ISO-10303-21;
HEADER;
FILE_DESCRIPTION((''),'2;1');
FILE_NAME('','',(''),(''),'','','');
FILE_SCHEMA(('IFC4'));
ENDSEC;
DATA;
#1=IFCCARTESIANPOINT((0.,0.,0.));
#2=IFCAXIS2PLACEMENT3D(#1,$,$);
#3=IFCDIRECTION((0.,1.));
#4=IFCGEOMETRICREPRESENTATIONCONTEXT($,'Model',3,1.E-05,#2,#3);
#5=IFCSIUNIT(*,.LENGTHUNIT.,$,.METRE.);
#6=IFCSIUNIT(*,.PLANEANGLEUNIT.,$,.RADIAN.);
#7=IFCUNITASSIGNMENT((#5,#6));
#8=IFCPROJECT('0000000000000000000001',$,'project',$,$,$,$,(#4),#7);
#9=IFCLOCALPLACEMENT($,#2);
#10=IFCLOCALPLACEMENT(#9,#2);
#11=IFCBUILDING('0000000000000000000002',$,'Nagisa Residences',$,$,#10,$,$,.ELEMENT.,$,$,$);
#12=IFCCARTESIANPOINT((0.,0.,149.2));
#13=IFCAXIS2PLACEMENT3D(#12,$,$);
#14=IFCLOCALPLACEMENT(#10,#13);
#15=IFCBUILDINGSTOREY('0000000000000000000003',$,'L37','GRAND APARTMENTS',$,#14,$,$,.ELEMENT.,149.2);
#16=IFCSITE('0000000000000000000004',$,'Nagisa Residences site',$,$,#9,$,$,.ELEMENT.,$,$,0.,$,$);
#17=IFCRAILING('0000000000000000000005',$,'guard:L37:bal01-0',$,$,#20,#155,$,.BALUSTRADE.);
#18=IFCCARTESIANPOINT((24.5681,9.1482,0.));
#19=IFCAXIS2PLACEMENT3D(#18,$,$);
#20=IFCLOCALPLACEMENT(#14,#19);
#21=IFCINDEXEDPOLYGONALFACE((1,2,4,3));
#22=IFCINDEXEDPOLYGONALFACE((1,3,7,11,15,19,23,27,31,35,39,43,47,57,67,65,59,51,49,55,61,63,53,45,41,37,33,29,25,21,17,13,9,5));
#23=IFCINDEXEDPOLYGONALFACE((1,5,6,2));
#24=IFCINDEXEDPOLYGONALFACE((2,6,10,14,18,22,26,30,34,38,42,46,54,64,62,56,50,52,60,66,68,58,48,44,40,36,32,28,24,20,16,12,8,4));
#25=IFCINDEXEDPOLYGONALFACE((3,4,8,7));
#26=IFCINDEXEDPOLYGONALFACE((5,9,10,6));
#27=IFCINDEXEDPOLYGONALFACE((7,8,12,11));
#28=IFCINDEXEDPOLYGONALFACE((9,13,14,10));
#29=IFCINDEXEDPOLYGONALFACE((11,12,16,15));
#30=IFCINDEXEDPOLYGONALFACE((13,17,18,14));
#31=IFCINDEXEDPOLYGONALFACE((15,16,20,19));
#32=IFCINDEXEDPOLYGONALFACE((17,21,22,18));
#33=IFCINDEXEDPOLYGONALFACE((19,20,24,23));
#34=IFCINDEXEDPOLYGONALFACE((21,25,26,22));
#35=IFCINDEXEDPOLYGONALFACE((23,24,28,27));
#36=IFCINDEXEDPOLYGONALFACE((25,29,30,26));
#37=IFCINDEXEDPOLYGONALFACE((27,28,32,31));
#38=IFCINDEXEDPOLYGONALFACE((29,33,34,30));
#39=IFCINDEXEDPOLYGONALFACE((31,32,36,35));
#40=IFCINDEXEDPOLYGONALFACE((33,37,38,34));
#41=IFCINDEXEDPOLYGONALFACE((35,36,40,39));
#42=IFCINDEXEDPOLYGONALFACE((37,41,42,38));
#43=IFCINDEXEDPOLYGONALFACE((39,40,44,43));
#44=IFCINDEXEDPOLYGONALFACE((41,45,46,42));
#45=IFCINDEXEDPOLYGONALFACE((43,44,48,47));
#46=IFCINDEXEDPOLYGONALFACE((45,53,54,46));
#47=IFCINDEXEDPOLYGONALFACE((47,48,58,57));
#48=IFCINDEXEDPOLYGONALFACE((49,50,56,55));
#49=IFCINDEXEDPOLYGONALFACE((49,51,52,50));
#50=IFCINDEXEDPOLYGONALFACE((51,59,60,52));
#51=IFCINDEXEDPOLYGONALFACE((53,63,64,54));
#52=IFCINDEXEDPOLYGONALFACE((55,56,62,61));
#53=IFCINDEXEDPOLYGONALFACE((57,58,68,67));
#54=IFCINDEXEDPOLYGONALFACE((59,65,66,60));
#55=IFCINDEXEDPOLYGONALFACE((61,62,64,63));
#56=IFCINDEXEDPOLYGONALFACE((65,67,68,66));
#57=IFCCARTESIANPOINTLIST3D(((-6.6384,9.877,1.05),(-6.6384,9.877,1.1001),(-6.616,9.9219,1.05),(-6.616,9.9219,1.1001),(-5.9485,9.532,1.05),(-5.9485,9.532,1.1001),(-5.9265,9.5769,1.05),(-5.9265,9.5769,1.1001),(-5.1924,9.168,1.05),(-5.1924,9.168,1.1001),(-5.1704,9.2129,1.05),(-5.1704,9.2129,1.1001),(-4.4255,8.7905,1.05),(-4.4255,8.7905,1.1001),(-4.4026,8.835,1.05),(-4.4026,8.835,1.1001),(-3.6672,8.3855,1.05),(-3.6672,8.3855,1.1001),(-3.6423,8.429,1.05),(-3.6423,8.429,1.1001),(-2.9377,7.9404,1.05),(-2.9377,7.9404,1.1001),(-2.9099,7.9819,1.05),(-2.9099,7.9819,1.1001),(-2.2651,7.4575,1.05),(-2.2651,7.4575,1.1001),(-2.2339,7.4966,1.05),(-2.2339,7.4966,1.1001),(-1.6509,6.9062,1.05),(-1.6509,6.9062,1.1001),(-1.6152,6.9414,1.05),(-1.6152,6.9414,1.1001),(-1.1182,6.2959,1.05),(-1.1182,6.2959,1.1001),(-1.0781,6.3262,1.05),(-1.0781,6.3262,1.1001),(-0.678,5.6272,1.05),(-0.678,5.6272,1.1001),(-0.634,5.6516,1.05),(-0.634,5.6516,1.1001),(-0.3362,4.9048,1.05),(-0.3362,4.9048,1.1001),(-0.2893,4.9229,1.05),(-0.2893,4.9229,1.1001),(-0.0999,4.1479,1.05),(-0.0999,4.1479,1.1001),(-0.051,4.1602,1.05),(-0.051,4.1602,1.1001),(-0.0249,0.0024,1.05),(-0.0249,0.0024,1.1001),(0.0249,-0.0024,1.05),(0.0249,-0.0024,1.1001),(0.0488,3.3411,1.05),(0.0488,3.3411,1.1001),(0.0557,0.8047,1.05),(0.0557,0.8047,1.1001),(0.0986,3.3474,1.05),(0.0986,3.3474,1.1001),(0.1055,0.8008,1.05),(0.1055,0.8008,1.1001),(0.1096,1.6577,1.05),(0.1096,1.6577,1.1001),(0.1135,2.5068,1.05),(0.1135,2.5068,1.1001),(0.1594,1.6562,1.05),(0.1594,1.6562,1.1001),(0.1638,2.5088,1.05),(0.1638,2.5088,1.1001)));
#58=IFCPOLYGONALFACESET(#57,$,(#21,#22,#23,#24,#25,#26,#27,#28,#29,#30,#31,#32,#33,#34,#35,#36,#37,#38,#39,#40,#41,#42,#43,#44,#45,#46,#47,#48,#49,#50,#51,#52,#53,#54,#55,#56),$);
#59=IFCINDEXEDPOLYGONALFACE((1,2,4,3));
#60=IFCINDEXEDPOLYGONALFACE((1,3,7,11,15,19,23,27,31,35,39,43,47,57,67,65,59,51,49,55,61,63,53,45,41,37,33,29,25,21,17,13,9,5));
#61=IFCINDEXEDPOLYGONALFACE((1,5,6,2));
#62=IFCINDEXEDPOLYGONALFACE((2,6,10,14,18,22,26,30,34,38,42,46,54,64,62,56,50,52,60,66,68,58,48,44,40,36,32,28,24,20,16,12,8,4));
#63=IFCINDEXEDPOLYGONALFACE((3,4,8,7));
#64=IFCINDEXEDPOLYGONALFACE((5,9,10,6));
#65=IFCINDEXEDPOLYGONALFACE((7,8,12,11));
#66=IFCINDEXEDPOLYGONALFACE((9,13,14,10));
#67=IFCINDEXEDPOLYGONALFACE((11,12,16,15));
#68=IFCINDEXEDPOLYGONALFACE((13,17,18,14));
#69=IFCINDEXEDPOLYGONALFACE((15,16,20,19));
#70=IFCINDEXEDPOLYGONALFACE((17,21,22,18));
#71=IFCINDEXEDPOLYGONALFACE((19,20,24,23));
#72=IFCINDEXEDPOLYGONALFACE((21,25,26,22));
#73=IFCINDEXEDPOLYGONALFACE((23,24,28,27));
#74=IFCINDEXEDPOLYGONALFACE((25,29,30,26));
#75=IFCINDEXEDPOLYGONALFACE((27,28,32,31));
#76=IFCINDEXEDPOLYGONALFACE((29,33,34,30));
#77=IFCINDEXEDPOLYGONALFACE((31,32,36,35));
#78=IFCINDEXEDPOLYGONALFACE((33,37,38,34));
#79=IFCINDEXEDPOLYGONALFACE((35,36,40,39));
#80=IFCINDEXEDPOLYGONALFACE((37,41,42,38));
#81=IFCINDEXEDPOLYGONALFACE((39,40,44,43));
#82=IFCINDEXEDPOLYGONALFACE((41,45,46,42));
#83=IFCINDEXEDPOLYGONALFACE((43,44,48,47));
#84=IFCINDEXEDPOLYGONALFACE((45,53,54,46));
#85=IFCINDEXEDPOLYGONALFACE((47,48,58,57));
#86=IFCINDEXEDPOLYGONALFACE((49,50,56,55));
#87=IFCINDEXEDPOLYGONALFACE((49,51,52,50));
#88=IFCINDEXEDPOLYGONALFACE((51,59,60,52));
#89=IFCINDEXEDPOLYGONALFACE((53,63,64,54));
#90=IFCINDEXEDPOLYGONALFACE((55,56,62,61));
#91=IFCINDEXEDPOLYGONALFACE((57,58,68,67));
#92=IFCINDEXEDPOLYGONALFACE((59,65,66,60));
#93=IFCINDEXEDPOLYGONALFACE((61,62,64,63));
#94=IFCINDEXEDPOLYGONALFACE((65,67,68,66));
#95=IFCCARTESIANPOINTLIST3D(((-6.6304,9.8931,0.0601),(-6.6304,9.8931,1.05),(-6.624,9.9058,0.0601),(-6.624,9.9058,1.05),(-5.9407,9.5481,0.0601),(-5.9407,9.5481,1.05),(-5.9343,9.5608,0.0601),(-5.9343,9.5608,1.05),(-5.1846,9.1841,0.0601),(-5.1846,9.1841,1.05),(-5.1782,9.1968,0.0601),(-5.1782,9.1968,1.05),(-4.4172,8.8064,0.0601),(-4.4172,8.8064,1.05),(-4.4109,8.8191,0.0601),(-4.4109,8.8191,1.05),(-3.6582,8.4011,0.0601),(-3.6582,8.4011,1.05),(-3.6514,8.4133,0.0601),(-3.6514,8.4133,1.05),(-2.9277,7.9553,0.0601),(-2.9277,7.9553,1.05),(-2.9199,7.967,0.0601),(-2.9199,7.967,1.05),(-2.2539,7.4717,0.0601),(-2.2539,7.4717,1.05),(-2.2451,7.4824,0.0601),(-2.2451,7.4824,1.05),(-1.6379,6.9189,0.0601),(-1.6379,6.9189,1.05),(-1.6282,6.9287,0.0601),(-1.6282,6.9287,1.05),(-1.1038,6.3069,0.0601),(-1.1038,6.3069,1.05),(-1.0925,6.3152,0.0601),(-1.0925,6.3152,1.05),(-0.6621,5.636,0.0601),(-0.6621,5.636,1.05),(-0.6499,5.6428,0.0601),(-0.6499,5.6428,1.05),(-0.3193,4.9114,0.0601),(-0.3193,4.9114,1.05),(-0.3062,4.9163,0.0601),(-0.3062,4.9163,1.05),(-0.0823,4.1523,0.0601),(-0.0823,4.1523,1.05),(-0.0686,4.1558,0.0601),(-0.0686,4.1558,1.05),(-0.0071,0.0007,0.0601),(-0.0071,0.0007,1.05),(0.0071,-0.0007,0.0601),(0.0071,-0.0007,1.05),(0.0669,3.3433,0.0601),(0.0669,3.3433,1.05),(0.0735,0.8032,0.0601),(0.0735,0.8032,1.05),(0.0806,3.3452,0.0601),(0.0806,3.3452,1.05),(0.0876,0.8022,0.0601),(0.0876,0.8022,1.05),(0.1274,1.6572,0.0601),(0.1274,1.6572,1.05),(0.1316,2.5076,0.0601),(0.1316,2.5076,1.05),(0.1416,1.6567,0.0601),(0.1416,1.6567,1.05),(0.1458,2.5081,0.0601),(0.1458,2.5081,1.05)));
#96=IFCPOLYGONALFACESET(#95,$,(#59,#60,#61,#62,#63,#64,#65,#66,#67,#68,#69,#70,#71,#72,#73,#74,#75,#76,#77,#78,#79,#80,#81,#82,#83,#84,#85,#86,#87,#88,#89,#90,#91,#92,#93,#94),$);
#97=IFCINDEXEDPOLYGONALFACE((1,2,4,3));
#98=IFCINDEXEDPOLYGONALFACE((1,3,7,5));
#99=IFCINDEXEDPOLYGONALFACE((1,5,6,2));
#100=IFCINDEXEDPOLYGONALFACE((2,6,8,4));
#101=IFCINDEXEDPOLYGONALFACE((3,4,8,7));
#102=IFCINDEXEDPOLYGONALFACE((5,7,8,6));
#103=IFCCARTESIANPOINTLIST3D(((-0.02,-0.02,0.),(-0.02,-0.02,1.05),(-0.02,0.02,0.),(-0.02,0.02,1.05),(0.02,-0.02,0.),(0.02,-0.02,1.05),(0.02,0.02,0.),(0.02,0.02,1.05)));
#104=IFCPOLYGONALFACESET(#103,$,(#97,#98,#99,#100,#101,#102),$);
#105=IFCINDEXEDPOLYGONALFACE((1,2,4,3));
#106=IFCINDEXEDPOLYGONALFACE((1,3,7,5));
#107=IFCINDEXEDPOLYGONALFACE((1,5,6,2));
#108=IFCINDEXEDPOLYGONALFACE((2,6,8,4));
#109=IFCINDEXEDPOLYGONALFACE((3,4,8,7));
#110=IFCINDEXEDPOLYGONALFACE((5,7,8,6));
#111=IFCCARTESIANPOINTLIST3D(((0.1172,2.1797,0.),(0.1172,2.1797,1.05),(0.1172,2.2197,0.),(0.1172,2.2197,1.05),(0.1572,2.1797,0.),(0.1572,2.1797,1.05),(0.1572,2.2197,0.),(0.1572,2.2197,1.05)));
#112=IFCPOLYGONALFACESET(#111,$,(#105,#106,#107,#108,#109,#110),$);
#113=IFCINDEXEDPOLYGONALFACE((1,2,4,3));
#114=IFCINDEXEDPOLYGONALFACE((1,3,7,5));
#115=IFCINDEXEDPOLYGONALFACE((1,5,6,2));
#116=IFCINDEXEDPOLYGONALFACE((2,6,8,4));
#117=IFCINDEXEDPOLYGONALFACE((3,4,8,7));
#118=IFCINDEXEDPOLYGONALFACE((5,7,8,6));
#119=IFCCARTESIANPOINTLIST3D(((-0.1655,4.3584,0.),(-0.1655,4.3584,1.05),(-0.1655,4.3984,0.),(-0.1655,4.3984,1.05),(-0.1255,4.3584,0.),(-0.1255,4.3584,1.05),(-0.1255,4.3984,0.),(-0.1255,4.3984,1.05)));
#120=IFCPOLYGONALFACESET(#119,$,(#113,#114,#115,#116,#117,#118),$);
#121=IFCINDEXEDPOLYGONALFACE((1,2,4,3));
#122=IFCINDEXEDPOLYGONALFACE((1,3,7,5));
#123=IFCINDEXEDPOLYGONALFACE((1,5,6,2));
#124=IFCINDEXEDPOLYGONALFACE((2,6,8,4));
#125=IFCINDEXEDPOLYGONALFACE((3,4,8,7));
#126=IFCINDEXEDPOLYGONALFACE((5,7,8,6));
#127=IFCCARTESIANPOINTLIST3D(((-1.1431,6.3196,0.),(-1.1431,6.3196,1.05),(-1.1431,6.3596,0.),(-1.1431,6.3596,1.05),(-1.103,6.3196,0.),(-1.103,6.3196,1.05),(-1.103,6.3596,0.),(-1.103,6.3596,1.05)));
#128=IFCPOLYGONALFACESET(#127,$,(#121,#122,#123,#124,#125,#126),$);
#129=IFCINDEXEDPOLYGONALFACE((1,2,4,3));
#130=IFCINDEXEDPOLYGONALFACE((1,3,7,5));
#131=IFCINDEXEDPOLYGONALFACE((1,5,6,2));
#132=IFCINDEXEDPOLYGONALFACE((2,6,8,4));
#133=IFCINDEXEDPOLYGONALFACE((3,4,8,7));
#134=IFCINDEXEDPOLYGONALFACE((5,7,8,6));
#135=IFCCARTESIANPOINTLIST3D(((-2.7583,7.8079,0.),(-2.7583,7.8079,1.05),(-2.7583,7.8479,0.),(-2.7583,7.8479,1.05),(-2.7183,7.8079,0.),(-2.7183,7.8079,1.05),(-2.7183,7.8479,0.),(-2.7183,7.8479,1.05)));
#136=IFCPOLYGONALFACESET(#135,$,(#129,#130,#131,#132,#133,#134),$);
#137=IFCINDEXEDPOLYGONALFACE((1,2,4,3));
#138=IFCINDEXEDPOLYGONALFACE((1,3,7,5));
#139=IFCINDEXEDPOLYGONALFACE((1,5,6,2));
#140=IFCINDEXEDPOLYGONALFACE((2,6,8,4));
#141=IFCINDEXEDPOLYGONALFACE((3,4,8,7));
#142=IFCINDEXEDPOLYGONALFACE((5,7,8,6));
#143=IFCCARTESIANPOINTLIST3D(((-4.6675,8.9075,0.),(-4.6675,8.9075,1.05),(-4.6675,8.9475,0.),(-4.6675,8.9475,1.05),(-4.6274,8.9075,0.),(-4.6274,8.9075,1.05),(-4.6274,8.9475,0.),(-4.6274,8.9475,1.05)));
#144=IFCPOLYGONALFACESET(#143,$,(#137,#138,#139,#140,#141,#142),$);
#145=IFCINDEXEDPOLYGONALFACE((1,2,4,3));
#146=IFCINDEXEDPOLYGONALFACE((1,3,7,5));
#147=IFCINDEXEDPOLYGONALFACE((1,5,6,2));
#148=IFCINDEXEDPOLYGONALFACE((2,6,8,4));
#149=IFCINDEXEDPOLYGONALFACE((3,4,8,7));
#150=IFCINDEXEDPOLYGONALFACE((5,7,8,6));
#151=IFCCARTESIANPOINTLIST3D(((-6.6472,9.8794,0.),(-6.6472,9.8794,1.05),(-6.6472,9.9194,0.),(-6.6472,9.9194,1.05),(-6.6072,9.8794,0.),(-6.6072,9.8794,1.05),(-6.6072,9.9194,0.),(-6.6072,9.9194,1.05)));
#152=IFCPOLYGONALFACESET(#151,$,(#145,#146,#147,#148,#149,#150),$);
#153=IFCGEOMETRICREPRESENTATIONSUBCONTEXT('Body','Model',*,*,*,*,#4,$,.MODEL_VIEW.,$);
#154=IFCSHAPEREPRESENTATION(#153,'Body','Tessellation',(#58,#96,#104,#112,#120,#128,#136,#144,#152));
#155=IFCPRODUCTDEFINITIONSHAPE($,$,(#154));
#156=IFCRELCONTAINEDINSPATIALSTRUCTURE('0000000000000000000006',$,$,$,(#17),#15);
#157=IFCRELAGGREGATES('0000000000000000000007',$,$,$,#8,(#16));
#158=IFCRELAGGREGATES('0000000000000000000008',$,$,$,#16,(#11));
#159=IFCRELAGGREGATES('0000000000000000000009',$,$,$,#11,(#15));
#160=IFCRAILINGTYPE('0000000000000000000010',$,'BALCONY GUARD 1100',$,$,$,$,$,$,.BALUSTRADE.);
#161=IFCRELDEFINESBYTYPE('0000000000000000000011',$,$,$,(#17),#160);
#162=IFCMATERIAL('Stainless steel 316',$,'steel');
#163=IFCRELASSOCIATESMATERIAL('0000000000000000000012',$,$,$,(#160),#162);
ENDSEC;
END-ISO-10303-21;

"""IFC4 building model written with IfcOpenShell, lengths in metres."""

from ifc_helpers import new_model, si_unit, direction, frame, origin, origin_2d, place, context, subcontext, project, spatial, polyline, rectangle, outline, extrude, material, type_object, element, save


model = new_model("IFC4")

# Units and contexts
model_context = context("Model", 3, precision=1e-05, world=origin(), true_north=direction((0.0, 1.0)))
body_context = subcontext(model_context, "Body", "Model", "MODEL_VIEW")
ifc_project = project(units=[si_unit("LENGTHUNIT", "METRE"), si_unit("PLANEANGLEUNIT", "RADIAN")], contexts=[model_context])

# Site, building, storey
site_placement = place(None, origin())
site = spatial("IfcSite", under=ifc_project, at=site_placement, Name="Nagisa Residences site", CompositionType="ELEMENT", RefElevation=0.0)
building_placement = place(site_placement, origin())
building = spatial("IfcBuilding", under=site, at=building_placement, Name="Nagisa Residences", CompositionType="ELEMENT")
storey_placement = place(building_placement, frame((0.0, 0.0, 149.2)))
storey = spatial("IfcBuildingStorey", under=building, at=storey_placement, Name="L37", Description="GRAND APARTMENTS", CompositionType="ELEMENT", Elevation=149.2)

# Railing
ifc_material_1 = material(Name="Stainless steel 316", Category="steel")
railing_type = type_object("IfcRailingType", Name="BALCONY GUARD 1100", PredefinedType="BALUSTRADE", material=ifc_material_1)
railing_placement = place(storey_placement, frame((24.5681, 9.1482, 0.0)))
element("IfcRailing", 1, at=railing_placement, inside=storey, type_object=railing_type, Name="guard:L37:bal01-0", PredefinedType="BALUSTRADE", context=body_context, shape_type="SweptSolid", body=[
    extrude(outline(polyline([(0.0557, 0.8047), (-0.0249, 0.0024), (0.0249, -0.0024), (0.1055, 0.8008), (0.1594, 1.6562), (0.1638, 2.5088), (0.0986, 3.3474), (-0.051, 4.1602), (-0.2893, 4.9229), (-0.634, 5.6516), (-1.0781, 6.3262), (-1.6152, 6.9414), (-2.2339, 7.4966), (-2.9099, 7.9819), (-3.6423, 8.429), (-4.4026, 8.835), (-5.1704, 9.2129), (-5.9265, 9.5769), (-6.616, 9.9219), (-6.6384, 9.877), (-5.9485, 9.532), (-5.1924, 9.168), (-4.4255, 8.7905), (-3.6672, 8.3855), (-2.9377, 7.9404), (-2.2651, 7.4575), (-1.6509, 6.9062), (-1.1182, 6.2959), (-0.678, 5.6272), (-0.3362, 4.9048), (-0.0999, 4.1479), (0.0488, 3.3411), (0.1135, 2.5068), (0.1096, 1.6577), (0.0557, 0.8047)])), frame((0.0, 0.0, 1.05)), (0.0, 0.0, 1.0), 0.05),
    extrude(outline(polyline([(0.0735, 0.8032), (-0.0071, 0.0007), (0.0071, -0.0007), (0.0876, 0.8022), (0.1416, 1.6567), (0.1458, 2.5081), (0.0806, 3.3452), (-0.0686, 4.1558), (-0.3062, 4.9163), (-0.6499, 5.6428), (-1.0925, 6.3152), (-1.6282, 6.9287), (-2.2451, 7.4824), (-2.9199, 7.967), (-3.6514, 8.4133), (-4.4109, 8.8191), (-5.1782, 9.1968), (-5.9343, 9.5608), (-6.624, 9.9058), (-6.6304, 9.8931), (-5.9407, 9.5481), (-5.1846, 9.1841), (-4.4172, 8.8064), (-3.6582, 8.4011), (-2.9277, 7.9553), (-2.2539, 7.4717), (-1.6379, 6.9189), (-1.1038, 6.3069), (-0.6621, 5.636), (-0.3193, 4.9114), (-0.0823, 4.1523), (0.0669, 3.3433), (0.1316, 2.5076), (0.1274, 1.6572), (0.0735, 0.8032)])), frame((0.0, 0.0, 0.0601)), (0.0, 0.0, 1.0), 0.99),
    extrude(rectangle(XDim=0.04, YDim=0.04, at=origin_2d()), origin(), (0.0, 0.0, 1.0), 1.05),
    extrude(rectangle(XDim=0.04, YDim=0.04, at=origin_2d()), frame((0.1372, 2.1997, 0.0)), (0.0, 0.0, 1.0), 1.05),
    extrude(rectangle(XDim=0.04, YDim=0.04, at=origin_2d()), frame((-0.1455, 4.3784, 0.0)), (0.0, 0.0, 1.0), 1.05),
    extrude(rectangle(XDim=0.04, YDim=0.04, at=origin_2d()), frame((-1.123, 6.3396, 0.0)), (0.0, 0.0, 1.0), 1.05),
    extrude(rectangle(XDim=0.04, YDim=0.04, at=origin_2d()), frame((-2.7383, 7.8279, 0.0)), (0.0, 0.0, 1.0), 1.05),
    extrude(rectangle(XDim=0.04, YDim=0.04, at=origin_2d()), frame((-4.6475, 8.9275, 0.0)), (0.0, 0.0, 1.0), 1.05),
    extrude(rectangle(XDim=0.04, YDim=0.04, at=origin_2d()), frame((-6.6272, 9.8994, 0.0)), (0.0, 0.0, 1.0), 1.05),
])

save(model, "model.ifc")
